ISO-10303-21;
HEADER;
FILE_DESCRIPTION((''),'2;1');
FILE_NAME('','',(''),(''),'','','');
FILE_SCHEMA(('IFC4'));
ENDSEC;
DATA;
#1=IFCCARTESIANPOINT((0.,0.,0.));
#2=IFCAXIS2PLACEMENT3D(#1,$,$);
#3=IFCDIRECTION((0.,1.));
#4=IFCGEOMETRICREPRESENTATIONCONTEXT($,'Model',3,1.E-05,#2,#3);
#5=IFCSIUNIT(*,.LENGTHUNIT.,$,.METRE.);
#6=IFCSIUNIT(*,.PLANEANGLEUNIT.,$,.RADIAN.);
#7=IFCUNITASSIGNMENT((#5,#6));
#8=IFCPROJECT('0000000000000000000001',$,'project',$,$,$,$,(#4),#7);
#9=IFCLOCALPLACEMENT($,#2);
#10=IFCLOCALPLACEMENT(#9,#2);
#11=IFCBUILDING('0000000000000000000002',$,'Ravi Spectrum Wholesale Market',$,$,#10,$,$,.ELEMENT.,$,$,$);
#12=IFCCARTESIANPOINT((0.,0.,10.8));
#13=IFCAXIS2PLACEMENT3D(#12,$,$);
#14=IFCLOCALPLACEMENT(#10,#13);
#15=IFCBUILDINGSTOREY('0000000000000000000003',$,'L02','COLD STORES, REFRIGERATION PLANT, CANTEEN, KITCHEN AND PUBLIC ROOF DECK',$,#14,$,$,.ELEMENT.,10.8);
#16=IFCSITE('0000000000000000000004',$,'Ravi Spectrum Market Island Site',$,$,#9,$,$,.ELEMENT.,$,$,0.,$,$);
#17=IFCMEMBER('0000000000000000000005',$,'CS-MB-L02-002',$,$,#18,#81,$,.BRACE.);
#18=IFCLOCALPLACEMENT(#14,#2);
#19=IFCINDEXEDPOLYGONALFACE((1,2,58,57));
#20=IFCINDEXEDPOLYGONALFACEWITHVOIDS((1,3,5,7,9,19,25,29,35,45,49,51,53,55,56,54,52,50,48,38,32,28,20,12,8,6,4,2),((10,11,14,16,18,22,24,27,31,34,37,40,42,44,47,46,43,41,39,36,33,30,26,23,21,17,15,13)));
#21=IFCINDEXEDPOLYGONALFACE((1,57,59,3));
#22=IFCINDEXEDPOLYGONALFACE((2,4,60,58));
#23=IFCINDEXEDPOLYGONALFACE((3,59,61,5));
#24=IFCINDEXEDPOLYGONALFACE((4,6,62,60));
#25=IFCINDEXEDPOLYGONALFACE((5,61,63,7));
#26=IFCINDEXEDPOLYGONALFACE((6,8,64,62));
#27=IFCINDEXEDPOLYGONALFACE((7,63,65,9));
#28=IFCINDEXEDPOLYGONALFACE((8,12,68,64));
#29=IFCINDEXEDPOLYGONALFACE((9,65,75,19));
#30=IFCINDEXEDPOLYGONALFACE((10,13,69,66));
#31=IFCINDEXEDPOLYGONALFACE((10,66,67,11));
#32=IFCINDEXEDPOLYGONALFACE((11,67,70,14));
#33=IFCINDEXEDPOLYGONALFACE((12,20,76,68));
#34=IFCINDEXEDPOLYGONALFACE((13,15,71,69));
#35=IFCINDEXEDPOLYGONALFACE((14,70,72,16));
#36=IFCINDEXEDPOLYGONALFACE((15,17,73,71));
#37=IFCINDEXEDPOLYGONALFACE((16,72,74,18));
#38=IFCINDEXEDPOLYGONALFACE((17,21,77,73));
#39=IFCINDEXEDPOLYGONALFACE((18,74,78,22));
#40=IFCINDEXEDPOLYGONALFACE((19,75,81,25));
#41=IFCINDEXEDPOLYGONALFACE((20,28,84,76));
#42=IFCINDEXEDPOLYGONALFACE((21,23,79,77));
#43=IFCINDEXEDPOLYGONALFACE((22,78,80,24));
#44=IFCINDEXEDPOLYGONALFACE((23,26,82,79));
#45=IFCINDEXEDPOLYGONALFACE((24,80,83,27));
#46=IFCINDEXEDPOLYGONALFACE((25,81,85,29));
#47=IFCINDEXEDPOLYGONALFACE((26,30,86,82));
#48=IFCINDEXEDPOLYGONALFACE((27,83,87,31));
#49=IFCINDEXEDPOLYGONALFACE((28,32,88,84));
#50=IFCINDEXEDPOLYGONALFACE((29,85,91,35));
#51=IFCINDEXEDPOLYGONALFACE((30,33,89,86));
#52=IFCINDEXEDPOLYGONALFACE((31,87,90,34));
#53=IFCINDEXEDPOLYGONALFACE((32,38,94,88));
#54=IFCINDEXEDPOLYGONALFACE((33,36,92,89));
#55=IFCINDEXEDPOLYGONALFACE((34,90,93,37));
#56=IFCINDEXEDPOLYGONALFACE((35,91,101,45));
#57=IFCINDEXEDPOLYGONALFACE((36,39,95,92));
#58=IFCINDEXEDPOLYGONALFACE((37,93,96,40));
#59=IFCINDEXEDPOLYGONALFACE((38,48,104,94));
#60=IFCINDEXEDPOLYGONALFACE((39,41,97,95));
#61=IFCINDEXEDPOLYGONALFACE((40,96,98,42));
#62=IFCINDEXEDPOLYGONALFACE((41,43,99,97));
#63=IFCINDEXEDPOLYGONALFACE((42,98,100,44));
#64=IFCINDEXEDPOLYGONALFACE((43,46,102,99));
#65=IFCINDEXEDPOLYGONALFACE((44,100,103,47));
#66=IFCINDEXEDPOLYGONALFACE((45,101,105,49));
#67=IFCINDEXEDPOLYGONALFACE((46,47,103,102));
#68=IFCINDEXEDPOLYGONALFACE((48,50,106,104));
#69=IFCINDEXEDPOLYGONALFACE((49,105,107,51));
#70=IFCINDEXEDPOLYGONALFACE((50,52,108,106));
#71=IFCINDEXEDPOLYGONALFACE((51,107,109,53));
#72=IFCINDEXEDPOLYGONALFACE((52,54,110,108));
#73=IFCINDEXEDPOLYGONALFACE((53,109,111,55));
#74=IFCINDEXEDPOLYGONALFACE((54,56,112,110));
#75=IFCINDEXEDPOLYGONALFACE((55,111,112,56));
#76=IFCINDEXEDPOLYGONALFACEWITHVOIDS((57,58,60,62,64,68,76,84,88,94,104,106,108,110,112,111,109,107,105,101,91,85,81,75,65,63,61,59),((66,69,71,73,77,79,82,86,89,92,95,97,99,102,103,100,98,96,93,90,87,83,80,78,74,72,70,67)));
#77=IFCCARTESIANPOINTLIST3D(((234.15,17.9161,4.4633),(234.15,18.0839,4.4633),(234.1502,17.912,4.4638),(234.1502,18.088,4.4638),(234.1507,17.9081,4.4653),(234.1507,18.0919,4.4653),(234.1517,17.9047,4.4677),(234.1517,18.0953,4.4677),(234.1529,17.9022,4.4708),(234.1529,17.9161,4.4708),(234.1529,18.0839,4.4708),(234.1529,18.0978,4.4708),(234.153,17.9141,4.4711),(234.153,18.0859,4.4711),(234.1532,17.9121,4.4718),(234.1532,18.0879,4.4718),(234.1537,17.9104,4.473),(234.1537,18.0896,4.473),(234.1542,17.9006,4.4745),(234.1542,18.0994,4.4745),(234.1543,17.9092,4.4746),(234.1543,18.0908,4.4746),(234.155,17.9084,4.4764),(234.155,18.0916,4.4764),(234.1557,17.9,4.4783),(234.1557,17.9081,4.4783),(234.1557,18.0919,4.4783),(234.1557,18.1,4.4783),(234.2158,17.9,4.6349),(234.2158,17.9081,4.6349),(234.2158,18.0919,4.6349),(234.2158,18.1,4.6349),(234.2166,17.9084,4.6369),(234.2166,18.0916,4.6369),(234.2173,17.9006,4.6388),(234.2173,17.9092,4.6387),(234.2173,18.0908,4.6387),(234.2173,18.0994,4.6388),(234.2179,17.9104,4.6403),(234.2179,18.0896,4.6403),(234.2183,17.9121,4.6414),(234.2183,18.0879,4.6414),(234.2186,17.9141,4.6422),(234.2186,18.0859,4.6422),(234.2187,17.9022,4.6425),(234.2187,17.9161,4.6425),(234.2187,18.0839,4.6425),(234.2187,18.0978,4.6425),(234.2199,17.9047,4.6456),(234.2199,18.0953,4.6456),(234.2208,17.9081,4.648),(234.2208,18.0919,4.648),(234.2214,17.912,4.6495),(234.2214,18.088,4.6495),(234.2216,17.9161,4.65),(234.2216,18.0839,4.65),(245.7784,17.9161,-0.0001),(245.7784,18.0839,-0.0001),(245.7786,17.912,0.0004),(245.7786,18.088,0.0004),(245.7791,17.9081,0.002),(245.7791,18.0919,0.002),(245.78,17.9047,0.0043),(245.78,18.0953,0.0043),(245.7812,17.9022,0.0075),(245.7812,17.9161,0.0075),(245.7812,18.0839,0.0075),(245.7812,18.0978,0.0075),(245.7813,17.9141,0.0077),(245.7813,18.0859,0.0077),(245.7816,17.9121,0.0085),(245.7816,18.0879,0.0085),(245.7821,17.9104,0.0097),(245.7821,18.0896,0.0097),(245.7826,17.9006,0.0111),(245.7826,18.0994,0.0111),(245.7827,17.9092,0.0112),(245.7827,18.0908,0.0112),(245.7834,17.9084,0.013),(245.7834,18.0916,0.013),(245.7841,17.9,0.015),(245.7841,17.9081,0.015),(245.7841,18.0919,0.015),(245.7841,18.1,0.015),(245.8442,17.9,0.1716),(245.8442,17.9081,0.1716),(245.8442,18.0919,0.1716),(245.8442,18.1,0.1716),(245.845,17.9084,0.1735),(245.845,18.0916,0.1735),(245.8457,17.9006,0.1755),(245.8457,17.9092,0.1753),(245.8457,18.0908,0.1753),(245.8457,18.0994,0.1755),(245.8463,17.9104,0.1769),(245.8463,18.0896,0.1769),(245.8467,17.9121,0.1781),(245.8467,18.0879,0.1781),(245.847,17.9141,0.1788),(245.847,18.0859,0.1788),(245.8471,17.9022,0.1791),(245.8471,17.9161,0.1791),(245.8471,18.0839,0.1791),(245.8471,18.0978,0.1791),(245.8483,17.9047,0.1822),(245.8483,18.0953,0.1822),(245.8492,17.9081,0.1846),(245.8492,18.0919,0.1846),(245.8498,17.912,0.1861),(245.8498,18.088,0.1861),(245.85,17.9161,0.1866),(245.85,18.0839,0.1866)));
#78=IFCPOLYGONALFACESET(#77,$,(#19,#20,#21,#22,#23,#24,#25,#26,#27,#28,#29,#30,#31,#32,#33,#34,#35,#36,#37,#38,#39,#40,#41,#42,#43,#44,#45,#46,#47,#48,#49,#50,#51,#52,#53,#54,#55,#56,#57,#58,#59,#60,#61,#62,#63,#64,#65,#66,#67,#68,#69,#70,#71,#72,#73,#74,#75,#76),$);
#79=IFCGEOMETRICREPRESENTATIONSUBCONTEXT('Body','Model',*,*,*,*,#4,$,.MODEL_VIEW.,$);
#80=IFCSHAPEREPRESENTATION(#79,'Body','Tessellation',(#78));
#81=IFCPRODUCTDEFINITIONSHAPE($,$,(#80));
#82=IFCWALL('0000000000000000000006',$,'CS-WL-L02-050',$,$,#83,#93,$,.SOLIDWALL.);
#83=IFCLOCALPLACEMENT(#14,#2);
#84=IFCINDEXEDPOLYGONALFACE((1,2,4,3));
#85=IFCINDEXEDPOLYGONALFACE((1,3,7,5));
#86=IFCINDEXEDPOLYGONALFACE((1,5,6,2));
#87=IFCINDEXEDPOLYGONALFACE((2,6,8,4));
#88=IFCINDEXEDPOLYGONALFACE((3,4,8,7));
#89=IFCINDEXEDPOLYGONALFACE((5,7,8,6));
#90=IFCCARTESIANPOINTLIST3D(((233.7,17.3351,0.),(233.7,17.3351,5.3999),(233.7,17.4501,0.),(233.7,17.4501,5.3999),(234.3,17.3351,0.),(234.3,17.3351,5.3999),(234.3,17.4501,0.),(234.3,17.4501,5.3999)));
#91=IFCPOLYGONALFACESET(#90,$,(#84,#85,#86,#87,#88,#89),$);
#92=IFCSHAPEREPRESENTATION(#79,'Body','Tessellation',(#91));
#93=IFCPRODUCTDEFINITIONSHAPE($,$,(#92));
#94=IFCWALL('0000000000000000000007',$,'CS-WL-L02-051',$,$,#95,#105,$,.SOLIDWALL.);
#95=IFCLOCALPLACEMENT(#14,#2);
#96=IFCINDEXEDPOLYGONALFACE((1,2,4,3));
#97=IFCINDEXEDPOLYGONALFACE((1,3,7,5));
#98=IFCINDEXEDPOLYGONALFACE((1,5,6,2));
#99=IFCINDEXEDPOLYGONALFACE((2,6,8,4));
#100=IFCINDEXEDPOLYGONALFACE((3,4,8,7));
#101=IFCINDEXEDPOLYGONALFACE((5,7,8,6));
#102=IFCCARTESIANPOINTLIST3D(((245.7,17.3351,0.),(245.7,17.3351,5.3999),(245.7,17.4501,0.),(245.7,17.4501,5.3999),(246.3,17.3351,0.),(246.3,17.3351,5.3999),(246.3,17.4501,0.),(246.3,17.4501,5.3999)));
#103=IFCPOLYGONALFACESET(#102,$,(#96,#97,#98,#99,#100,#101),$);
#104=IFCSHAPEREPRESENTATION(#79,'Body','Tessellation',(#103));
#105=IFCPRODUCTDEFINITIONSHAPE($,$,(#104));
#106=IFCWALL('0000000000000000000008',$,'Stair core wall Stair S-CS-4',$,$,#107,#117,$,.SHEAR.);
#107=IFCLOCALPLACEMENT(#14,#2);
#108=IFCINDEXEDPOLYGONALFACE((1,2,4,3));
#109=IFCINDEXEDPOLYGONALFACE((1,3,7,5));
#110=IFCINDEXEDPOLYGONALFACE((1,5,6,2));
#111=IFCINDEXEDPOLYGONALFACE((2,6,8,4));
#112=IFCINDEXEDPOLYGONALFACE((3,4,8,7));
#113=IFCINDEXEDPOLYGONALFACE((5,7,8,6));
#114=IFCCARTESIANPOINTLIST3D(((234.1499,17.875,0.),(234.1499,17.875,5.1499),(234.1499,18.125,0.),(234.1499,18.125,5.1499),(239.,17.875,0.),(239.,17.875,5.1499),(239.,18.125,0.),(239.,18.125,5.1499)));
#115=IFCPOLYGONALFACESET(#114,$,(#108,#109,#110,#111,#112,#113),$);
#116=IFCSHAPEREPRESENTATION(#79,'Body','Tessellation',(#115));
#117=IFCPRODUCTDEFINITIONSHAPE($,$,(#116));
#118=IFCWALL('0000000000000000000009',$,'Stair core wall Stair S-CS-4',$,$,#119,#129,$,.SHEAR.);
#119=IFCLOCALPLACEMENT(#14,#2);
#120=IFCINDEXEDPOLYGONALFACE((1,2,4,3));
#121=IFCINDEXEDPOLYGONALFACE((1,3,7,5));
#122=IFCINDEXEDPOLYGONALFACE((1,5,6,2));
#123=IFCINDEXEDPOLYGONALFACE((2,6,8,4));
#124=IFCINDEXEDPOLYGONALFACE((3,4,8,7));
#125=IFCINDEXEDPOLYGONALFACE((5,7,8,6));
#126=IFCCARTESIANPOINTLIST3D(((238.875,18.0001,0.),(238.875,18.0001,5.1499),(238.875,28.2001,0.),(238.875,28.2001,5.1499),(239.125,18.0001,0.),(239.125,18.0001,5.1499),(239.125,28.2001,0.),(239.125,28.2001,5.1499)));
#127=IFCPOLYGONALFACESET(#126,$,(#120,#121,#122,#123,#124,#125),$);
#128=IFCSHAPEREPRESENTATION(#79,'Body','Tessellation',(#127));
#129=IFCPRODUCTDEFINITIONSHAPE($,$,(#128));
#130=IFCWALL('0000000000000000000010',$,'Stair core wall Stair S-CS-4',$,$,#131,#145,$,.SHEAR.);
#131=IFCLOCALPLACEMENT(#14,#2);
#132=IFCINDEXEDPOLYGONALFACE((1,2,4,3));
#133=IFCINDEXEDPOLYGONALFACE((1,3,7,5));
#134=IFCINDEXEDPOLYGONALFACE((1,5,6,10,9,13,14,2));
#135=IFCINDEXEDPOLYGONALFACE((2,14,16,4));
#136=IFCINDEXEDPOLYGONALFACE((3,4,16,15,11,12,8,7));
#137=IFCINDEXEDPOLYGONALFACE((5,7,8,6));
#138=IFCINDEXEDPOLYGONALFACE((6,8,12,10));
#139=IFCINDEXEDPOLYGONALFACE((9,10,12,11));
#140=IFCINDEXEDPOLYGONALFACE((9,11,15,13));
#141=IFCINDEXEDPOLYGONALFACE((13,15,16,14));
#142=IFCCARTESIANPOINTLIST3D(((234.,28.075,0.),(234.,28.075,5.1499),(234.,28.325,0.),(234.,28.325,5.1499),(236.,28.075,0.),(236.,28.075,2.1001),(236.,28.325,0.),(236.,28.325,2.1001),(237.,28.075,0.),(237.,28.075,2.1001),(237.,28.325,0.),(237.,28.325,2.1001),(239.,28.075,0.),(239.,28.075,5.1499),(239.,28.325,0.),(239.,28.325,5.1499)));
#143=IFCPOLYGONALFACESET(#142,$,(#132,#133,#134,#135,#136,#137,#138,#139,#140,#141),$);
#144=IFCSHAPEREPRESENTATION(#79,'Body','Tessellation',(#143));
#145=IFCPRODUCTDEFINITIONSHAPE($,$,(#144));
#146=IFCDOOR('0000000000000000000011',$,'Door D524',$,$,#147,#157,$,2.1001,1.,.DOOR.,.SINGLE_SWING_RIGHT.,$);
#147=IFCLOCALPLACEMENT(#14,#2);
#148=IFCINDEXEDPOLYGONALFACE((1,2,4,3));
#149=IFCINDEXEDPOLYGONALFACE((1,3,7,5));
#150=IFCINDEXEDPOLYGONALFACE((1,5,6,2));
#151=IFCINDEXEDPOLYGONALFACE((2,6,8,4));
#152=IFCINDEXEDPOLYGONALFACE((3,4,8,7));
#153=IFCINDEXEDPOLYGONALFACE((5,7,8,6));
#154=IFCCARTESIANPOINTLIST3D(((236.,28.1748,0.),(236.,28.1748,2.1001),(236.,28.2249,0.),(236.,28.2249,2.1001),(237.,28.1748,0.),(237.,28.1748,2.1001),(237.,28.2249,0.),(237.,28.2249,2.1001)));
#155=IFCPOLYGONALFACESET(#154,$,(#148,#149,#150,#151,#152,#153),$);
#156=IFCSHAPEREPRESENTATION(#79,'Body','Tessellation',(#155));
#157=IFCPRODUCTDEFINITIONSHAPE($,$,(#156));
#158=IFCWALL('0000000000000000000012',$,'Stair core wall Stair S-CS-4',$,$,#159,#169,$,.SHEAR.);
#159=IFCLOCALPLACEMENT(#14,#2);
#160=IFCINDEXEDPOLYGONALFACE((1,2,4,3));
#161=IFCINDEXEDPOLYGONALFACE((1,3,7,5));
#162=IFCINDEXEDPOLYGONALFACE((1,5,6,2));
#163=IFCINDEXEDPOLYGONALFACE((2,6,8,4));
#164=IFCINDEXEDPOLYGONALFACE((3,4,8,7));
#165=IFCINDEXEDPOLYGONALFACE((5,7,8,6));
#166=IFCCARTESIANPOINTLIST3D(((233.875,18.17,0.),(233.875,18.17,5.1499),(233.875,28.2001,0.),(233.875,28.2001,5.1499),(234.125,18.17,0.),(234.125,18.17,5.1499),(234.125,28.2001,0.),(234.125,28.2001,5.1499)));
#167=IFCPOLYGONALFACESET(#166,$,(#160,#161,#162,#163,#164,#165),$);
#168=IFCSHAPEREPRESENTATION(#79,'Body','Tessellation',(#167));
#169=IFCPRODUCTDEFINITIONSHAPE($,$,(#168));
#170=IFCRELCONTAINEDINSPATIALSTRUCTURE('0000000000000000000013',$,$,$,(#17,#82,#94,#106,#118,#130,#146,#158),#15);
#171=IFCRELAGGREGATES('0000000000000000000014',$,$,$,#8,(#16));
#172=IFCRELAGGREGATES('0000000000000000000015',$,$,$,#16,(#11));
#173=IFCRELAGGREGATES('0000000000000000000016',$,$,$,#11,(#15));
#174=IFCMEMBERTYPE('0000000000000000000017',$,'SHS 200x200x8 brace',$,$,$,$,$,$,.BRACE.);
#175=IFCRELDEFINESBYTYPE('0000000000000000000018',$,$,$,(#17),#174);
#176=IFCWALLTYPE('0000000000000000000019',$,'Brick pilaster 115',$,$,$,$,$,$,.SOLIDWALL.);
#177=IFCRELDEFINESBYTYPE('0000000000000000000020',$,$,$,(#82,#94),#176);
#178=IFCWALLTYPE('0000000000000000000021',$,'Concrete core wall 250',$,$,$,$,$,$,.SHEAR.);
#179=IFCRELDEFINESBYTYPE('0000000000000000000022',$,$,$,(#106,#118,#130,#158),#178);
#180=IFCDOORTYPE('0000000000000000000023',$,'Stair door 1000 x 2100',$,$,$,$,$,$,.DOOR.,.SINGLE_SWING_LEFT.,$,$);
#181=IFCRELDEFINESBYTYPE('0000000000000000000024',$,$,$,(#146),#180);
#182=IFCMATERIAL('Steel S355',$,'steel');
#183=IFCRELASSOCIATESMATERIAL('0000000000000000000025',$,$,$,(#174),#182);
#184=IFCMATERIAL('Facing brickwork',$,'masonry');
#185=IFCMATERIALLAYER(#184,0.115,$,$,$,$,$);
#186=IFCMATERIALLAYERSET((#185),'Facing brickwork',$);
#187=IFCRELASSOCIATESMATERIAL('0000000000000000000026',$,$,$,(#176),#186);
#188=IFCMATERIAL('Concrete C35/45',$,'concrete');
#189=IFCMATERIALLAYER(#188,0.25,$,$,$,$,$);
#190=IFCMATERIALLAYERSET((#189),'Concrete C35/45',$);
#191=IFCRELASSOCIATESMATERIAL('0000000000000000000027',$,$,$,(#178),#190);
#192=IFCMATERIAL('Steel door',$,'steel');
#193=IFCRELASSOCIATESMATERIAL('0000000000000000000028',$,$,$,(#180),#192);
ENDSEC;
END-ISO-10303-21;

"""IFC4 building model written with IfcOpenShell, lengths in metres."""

from ifc_helpers import new_model, si_unit, direction, frame, frame_2d, origin, origin_2d, place, context, subcontext, project, spatial, rectangle, hollow_rectangle, extrude, material, layer, layer_set, material_profile, profile_set, type_object, element, fill, save


model = new_model("IFC4")

# Units and contexts
model_context = context("Model", 3, precision=1e-05, world=origin(), true_north=direction((0.0, 1.0)))
body_context = subcontext(model_context, "Body", "Model", "MODEL_VIEW")
ifc_project = project(units=[si_unit("LENGTHUNIT", "METRE"), si_unit("PLANEANGLEUNIT", "RADIAN")], contexts=[model_context])

# Site, building, storey
site_placement = place(None, origin())
site = spatial("IfcSite", under=ifc_project, at=site_placement, Name="Ravi Spectrum Market Island Site", CompositionType="ELEMENT", RefElevation=0.0)
building_placement = place(site_placement, origin())
building = spatial("IfcBuilding", under=site, at=building_placement, Name="Ravi Spectrum Wholesale Market", CompositionType="ELEMENT")
storey_placement = place(building_placement, frame((0.0, 0.0, 10.8)))
storey = spatial("IfcBuildingStorey", under=building, at=storey_placement, Name="L02", Description="COLD STORES, REFRIGERATION PLANT, CANTEEN, KITCHEN AND PUBLIC ROOF DECK", CompositionType="ELEMENT", Elevation=10.8)

# Member
ifc_material_1 = material(Name="Steel S355", Category="steel")
ifc_material_profile_1 = material_profile(ifc_material_1, hollow_rectangle(XDim=0.2, YDim=0.2, WallThickness=0.0081, InnerFilletRadius=0.0081, OuterFilletRadius=0.0161, at=origin_2d()))
ifc_profile_set_1 = profile_set([ifc_material_profile_1], Name="Steel S355")
member_type = type_object("IfcMemberType", Name="SHS 200x200x8 brace", PredefinedType="BRACE", material=ifc_profile_set_1)
member_placement = place(storey_placement, frame((234.1858, 18.0, 4.5566), z_axis=(0.93359, 0.0, -0.358343), x_axis=(0.0, 1.0, 0.0)))
element("IfcMember", 1, at=member_placement, inside=storey, type_object=member_type, Name="CS-MB-L02-002", PredefinedType="BRACE", context=body_context, shape_type="SweptSolid", body=[
    extrude(hollow_rectangle(XDim=0.2, YDim=0.2, WallThickness=0.0081, InnerFilletRadius=0.0081, OuterFilletRadius=0.0161, at=origin_2d()), origin(), (0.0, 0.0, 1.0), 12.4556),
])

# Walls
ifc_material_2 = material(Name="Facing brickwork", Category="masonry")
ifc_layer_1 = layer(ifc_material_2, 0.115)
ifc_layer_set_1 = layer_set([ifc_layer_1], Name="Facing brickwork")
wall_type_1 = type_object("IfcWallType", Name="Brick pilaster 115", PredefinedType="SOLIDWALL", material=ifc_layer_set_1)
for number, where, z_axis, x_axis, name in (
    (2, (233.7, 17.3926, 0.0), (0.0, 0.0, 1.0), (1.0, 0.0, 0.0), "CS-WL-L02-050"),
    (3, (245.7, 17.3926, 0.0), (0.0, 0.0, 1.0), (1.0, 0.0, 0.0), "CS-WL-L02-051"),
):
    element("IfcWall", number, at=place(storey_placement, frame(where, z_axis=z_axis, x_axis=x_axis)), inside=storey, type_object=wall_type_1, Name=name, PredefinedType="SOLIDWALL", context=body_context, shape_type="SweptSolid", body=[
        extrude(rectangle(XDim=0.6001, YDim=0.115, at=frame_2d((0.3, 0.0))), origin(), (0.0, 0.0, 1.0), 5.3999),
    ])
ifc_material_3 = material(Name="Concrete C35/45", Category="concrete")
ifc_layer_2 = layer(ifc_material_3, 0.25)
ifc_layer_set_2 = layer_set([ifc_layer_2], Name="Concrete C35/45")
wall_type_2 = type_object("IfcWallType", Name="Concrete core wall 250", PredefinedType="SHEAR", material=ifc_layer_set_2)
wall_1_placement = place(storey_placement, frame((234.1499, 18.0, 0.0), z_axis=(0.0, 0.0, 1.0), x_axis=(1.0, 0.0, 0.0)))
element("IfcWall", 4, at=wall_1_placement, inside=storey, type_object=wall_type_2, Name="Stair core wall Stair S-CS-4", PredefinedType="SHEAR", context=body_context, shape_type="SweptSolid", body=[
    extrude(rectangle(XDim=4.8501, YDim=0.25, at=frame_2d((2.425, 0.0))), origin(), (0.0, 0.0, 1.0), 5.1499),
])
wall_2_placement = place(storey_placement, frame((239.0, 18.0, 0.0), z_axis=(0.0, 0.0, 1.0), x_axis=(0.0, 1.0, 0.0)))
element("IfcWall", 5, at=wall_2_placement, inside=storey, type_object=wall_type_2, Name="Stair core wall Stair S-CS-4", PredefinedType="SHEAR", context=body_context, shape_type="SweptSolid", body=[
    extrude(rectangle(XDim=10.2, YDim=0.25, at=frame_2d((5.1001, 0.0))), origin(), (0.0, 0.0, 1.0), 5.1499),
])

# Wall, opening, door
wall_3_placement = place(storey_placement, frame((234.0, 28.2, 0.0), z_axis=(0.0, 0.0, 1.0), x_axis=(1.0, 0.0, 0.0)))
wall_3 = element("IfcWall", 6, at=wall_3_placement, inside=storey, type_object=wall_type_2, Name="Stair core wall Stair S-CS-4", PredefinedType="SHEAR", context=body_context, shape_type="SweptSolid", body=[
    extrude(rectangle(XDim=5.0, YDim=0.25, at=frame_2d((2.5, 0.0))), origin(), (0.0, 0.0, 1.0), 5.1499),
])
opening_placement = place(wall_3_placement, frame((2.0, 0.0, 0.0)))
opening = element("IfcOpeningElement", 7, at=opening_placement, cuts=wall_3, PredefinedType="OPENING", context=body_context, shape_type="SweptSolid", body=[
    extrude(rectangle(XDim=1.0, YDim=2.1001, at=frame_2d((0.5, 1.05))), frame((0.0, 0.135, 0.0), z_axis=(0.0, -1.0, 0.0), x_axis=(1.0, 0.0, 0.0)), (0.0, 0.0, 1.0), 0.27),
])
ifc_material_4 = material(Name="Steel door", Category="steel")
door_type = type_object("IfcDoorType", Name="Stair door 1000 x 2100", OperationType="SINGLE_SWING_LEFT", PredefinedType="DOOR", material=ifc_material_4)
door_placement = place(opening_placement, origin())
door = element("IfcDoor", 8, at=door_placement, inside=storey, type_object=door_type, Name="Door D524", OperationType="SINGLE_SWING_RIGHT", OverallHeight=2.1001, OverallWidth=1.0, PredefinedType="DOOR", context=body_context, shape_type="SweptSolid", body=[
    extrude(rectangle(XDim=1.0, YDim=2.1001, at=frame_2d((0.5, 1.05))), frame((0.0, 0.0249, 0.0), z_axis=(0.0, -1.0, 0.0), x_axis=(1.0, 0.0, 0.0)), (0.0, 0.0, 1.0), 0.05),
])
fill(opening, door)

# Wall
wall_4_placement = place(storey_placement, frame((234.0, 18.1699, 0.0), z_axis=(0.0, 0.0, 1.0), x_axis=(0.0, 1.0, 0.0)))
element("IfcWall", 9, at=wall_4_placement, inside=storey, type_object=wall_type_2, Name="Stair core wall Stair S-CS-4", PredefinedType="SHEAR", context=body_context, shape_type="SweptSolid", body=[
    extrude(rectangle(XDim=10.03, YDim=0.25, at=frame_2d((5.0151, 0.0))), origin(), (0.0, 0.0, 1.0), 5.1499),
])

save(model, "model.ifc")
